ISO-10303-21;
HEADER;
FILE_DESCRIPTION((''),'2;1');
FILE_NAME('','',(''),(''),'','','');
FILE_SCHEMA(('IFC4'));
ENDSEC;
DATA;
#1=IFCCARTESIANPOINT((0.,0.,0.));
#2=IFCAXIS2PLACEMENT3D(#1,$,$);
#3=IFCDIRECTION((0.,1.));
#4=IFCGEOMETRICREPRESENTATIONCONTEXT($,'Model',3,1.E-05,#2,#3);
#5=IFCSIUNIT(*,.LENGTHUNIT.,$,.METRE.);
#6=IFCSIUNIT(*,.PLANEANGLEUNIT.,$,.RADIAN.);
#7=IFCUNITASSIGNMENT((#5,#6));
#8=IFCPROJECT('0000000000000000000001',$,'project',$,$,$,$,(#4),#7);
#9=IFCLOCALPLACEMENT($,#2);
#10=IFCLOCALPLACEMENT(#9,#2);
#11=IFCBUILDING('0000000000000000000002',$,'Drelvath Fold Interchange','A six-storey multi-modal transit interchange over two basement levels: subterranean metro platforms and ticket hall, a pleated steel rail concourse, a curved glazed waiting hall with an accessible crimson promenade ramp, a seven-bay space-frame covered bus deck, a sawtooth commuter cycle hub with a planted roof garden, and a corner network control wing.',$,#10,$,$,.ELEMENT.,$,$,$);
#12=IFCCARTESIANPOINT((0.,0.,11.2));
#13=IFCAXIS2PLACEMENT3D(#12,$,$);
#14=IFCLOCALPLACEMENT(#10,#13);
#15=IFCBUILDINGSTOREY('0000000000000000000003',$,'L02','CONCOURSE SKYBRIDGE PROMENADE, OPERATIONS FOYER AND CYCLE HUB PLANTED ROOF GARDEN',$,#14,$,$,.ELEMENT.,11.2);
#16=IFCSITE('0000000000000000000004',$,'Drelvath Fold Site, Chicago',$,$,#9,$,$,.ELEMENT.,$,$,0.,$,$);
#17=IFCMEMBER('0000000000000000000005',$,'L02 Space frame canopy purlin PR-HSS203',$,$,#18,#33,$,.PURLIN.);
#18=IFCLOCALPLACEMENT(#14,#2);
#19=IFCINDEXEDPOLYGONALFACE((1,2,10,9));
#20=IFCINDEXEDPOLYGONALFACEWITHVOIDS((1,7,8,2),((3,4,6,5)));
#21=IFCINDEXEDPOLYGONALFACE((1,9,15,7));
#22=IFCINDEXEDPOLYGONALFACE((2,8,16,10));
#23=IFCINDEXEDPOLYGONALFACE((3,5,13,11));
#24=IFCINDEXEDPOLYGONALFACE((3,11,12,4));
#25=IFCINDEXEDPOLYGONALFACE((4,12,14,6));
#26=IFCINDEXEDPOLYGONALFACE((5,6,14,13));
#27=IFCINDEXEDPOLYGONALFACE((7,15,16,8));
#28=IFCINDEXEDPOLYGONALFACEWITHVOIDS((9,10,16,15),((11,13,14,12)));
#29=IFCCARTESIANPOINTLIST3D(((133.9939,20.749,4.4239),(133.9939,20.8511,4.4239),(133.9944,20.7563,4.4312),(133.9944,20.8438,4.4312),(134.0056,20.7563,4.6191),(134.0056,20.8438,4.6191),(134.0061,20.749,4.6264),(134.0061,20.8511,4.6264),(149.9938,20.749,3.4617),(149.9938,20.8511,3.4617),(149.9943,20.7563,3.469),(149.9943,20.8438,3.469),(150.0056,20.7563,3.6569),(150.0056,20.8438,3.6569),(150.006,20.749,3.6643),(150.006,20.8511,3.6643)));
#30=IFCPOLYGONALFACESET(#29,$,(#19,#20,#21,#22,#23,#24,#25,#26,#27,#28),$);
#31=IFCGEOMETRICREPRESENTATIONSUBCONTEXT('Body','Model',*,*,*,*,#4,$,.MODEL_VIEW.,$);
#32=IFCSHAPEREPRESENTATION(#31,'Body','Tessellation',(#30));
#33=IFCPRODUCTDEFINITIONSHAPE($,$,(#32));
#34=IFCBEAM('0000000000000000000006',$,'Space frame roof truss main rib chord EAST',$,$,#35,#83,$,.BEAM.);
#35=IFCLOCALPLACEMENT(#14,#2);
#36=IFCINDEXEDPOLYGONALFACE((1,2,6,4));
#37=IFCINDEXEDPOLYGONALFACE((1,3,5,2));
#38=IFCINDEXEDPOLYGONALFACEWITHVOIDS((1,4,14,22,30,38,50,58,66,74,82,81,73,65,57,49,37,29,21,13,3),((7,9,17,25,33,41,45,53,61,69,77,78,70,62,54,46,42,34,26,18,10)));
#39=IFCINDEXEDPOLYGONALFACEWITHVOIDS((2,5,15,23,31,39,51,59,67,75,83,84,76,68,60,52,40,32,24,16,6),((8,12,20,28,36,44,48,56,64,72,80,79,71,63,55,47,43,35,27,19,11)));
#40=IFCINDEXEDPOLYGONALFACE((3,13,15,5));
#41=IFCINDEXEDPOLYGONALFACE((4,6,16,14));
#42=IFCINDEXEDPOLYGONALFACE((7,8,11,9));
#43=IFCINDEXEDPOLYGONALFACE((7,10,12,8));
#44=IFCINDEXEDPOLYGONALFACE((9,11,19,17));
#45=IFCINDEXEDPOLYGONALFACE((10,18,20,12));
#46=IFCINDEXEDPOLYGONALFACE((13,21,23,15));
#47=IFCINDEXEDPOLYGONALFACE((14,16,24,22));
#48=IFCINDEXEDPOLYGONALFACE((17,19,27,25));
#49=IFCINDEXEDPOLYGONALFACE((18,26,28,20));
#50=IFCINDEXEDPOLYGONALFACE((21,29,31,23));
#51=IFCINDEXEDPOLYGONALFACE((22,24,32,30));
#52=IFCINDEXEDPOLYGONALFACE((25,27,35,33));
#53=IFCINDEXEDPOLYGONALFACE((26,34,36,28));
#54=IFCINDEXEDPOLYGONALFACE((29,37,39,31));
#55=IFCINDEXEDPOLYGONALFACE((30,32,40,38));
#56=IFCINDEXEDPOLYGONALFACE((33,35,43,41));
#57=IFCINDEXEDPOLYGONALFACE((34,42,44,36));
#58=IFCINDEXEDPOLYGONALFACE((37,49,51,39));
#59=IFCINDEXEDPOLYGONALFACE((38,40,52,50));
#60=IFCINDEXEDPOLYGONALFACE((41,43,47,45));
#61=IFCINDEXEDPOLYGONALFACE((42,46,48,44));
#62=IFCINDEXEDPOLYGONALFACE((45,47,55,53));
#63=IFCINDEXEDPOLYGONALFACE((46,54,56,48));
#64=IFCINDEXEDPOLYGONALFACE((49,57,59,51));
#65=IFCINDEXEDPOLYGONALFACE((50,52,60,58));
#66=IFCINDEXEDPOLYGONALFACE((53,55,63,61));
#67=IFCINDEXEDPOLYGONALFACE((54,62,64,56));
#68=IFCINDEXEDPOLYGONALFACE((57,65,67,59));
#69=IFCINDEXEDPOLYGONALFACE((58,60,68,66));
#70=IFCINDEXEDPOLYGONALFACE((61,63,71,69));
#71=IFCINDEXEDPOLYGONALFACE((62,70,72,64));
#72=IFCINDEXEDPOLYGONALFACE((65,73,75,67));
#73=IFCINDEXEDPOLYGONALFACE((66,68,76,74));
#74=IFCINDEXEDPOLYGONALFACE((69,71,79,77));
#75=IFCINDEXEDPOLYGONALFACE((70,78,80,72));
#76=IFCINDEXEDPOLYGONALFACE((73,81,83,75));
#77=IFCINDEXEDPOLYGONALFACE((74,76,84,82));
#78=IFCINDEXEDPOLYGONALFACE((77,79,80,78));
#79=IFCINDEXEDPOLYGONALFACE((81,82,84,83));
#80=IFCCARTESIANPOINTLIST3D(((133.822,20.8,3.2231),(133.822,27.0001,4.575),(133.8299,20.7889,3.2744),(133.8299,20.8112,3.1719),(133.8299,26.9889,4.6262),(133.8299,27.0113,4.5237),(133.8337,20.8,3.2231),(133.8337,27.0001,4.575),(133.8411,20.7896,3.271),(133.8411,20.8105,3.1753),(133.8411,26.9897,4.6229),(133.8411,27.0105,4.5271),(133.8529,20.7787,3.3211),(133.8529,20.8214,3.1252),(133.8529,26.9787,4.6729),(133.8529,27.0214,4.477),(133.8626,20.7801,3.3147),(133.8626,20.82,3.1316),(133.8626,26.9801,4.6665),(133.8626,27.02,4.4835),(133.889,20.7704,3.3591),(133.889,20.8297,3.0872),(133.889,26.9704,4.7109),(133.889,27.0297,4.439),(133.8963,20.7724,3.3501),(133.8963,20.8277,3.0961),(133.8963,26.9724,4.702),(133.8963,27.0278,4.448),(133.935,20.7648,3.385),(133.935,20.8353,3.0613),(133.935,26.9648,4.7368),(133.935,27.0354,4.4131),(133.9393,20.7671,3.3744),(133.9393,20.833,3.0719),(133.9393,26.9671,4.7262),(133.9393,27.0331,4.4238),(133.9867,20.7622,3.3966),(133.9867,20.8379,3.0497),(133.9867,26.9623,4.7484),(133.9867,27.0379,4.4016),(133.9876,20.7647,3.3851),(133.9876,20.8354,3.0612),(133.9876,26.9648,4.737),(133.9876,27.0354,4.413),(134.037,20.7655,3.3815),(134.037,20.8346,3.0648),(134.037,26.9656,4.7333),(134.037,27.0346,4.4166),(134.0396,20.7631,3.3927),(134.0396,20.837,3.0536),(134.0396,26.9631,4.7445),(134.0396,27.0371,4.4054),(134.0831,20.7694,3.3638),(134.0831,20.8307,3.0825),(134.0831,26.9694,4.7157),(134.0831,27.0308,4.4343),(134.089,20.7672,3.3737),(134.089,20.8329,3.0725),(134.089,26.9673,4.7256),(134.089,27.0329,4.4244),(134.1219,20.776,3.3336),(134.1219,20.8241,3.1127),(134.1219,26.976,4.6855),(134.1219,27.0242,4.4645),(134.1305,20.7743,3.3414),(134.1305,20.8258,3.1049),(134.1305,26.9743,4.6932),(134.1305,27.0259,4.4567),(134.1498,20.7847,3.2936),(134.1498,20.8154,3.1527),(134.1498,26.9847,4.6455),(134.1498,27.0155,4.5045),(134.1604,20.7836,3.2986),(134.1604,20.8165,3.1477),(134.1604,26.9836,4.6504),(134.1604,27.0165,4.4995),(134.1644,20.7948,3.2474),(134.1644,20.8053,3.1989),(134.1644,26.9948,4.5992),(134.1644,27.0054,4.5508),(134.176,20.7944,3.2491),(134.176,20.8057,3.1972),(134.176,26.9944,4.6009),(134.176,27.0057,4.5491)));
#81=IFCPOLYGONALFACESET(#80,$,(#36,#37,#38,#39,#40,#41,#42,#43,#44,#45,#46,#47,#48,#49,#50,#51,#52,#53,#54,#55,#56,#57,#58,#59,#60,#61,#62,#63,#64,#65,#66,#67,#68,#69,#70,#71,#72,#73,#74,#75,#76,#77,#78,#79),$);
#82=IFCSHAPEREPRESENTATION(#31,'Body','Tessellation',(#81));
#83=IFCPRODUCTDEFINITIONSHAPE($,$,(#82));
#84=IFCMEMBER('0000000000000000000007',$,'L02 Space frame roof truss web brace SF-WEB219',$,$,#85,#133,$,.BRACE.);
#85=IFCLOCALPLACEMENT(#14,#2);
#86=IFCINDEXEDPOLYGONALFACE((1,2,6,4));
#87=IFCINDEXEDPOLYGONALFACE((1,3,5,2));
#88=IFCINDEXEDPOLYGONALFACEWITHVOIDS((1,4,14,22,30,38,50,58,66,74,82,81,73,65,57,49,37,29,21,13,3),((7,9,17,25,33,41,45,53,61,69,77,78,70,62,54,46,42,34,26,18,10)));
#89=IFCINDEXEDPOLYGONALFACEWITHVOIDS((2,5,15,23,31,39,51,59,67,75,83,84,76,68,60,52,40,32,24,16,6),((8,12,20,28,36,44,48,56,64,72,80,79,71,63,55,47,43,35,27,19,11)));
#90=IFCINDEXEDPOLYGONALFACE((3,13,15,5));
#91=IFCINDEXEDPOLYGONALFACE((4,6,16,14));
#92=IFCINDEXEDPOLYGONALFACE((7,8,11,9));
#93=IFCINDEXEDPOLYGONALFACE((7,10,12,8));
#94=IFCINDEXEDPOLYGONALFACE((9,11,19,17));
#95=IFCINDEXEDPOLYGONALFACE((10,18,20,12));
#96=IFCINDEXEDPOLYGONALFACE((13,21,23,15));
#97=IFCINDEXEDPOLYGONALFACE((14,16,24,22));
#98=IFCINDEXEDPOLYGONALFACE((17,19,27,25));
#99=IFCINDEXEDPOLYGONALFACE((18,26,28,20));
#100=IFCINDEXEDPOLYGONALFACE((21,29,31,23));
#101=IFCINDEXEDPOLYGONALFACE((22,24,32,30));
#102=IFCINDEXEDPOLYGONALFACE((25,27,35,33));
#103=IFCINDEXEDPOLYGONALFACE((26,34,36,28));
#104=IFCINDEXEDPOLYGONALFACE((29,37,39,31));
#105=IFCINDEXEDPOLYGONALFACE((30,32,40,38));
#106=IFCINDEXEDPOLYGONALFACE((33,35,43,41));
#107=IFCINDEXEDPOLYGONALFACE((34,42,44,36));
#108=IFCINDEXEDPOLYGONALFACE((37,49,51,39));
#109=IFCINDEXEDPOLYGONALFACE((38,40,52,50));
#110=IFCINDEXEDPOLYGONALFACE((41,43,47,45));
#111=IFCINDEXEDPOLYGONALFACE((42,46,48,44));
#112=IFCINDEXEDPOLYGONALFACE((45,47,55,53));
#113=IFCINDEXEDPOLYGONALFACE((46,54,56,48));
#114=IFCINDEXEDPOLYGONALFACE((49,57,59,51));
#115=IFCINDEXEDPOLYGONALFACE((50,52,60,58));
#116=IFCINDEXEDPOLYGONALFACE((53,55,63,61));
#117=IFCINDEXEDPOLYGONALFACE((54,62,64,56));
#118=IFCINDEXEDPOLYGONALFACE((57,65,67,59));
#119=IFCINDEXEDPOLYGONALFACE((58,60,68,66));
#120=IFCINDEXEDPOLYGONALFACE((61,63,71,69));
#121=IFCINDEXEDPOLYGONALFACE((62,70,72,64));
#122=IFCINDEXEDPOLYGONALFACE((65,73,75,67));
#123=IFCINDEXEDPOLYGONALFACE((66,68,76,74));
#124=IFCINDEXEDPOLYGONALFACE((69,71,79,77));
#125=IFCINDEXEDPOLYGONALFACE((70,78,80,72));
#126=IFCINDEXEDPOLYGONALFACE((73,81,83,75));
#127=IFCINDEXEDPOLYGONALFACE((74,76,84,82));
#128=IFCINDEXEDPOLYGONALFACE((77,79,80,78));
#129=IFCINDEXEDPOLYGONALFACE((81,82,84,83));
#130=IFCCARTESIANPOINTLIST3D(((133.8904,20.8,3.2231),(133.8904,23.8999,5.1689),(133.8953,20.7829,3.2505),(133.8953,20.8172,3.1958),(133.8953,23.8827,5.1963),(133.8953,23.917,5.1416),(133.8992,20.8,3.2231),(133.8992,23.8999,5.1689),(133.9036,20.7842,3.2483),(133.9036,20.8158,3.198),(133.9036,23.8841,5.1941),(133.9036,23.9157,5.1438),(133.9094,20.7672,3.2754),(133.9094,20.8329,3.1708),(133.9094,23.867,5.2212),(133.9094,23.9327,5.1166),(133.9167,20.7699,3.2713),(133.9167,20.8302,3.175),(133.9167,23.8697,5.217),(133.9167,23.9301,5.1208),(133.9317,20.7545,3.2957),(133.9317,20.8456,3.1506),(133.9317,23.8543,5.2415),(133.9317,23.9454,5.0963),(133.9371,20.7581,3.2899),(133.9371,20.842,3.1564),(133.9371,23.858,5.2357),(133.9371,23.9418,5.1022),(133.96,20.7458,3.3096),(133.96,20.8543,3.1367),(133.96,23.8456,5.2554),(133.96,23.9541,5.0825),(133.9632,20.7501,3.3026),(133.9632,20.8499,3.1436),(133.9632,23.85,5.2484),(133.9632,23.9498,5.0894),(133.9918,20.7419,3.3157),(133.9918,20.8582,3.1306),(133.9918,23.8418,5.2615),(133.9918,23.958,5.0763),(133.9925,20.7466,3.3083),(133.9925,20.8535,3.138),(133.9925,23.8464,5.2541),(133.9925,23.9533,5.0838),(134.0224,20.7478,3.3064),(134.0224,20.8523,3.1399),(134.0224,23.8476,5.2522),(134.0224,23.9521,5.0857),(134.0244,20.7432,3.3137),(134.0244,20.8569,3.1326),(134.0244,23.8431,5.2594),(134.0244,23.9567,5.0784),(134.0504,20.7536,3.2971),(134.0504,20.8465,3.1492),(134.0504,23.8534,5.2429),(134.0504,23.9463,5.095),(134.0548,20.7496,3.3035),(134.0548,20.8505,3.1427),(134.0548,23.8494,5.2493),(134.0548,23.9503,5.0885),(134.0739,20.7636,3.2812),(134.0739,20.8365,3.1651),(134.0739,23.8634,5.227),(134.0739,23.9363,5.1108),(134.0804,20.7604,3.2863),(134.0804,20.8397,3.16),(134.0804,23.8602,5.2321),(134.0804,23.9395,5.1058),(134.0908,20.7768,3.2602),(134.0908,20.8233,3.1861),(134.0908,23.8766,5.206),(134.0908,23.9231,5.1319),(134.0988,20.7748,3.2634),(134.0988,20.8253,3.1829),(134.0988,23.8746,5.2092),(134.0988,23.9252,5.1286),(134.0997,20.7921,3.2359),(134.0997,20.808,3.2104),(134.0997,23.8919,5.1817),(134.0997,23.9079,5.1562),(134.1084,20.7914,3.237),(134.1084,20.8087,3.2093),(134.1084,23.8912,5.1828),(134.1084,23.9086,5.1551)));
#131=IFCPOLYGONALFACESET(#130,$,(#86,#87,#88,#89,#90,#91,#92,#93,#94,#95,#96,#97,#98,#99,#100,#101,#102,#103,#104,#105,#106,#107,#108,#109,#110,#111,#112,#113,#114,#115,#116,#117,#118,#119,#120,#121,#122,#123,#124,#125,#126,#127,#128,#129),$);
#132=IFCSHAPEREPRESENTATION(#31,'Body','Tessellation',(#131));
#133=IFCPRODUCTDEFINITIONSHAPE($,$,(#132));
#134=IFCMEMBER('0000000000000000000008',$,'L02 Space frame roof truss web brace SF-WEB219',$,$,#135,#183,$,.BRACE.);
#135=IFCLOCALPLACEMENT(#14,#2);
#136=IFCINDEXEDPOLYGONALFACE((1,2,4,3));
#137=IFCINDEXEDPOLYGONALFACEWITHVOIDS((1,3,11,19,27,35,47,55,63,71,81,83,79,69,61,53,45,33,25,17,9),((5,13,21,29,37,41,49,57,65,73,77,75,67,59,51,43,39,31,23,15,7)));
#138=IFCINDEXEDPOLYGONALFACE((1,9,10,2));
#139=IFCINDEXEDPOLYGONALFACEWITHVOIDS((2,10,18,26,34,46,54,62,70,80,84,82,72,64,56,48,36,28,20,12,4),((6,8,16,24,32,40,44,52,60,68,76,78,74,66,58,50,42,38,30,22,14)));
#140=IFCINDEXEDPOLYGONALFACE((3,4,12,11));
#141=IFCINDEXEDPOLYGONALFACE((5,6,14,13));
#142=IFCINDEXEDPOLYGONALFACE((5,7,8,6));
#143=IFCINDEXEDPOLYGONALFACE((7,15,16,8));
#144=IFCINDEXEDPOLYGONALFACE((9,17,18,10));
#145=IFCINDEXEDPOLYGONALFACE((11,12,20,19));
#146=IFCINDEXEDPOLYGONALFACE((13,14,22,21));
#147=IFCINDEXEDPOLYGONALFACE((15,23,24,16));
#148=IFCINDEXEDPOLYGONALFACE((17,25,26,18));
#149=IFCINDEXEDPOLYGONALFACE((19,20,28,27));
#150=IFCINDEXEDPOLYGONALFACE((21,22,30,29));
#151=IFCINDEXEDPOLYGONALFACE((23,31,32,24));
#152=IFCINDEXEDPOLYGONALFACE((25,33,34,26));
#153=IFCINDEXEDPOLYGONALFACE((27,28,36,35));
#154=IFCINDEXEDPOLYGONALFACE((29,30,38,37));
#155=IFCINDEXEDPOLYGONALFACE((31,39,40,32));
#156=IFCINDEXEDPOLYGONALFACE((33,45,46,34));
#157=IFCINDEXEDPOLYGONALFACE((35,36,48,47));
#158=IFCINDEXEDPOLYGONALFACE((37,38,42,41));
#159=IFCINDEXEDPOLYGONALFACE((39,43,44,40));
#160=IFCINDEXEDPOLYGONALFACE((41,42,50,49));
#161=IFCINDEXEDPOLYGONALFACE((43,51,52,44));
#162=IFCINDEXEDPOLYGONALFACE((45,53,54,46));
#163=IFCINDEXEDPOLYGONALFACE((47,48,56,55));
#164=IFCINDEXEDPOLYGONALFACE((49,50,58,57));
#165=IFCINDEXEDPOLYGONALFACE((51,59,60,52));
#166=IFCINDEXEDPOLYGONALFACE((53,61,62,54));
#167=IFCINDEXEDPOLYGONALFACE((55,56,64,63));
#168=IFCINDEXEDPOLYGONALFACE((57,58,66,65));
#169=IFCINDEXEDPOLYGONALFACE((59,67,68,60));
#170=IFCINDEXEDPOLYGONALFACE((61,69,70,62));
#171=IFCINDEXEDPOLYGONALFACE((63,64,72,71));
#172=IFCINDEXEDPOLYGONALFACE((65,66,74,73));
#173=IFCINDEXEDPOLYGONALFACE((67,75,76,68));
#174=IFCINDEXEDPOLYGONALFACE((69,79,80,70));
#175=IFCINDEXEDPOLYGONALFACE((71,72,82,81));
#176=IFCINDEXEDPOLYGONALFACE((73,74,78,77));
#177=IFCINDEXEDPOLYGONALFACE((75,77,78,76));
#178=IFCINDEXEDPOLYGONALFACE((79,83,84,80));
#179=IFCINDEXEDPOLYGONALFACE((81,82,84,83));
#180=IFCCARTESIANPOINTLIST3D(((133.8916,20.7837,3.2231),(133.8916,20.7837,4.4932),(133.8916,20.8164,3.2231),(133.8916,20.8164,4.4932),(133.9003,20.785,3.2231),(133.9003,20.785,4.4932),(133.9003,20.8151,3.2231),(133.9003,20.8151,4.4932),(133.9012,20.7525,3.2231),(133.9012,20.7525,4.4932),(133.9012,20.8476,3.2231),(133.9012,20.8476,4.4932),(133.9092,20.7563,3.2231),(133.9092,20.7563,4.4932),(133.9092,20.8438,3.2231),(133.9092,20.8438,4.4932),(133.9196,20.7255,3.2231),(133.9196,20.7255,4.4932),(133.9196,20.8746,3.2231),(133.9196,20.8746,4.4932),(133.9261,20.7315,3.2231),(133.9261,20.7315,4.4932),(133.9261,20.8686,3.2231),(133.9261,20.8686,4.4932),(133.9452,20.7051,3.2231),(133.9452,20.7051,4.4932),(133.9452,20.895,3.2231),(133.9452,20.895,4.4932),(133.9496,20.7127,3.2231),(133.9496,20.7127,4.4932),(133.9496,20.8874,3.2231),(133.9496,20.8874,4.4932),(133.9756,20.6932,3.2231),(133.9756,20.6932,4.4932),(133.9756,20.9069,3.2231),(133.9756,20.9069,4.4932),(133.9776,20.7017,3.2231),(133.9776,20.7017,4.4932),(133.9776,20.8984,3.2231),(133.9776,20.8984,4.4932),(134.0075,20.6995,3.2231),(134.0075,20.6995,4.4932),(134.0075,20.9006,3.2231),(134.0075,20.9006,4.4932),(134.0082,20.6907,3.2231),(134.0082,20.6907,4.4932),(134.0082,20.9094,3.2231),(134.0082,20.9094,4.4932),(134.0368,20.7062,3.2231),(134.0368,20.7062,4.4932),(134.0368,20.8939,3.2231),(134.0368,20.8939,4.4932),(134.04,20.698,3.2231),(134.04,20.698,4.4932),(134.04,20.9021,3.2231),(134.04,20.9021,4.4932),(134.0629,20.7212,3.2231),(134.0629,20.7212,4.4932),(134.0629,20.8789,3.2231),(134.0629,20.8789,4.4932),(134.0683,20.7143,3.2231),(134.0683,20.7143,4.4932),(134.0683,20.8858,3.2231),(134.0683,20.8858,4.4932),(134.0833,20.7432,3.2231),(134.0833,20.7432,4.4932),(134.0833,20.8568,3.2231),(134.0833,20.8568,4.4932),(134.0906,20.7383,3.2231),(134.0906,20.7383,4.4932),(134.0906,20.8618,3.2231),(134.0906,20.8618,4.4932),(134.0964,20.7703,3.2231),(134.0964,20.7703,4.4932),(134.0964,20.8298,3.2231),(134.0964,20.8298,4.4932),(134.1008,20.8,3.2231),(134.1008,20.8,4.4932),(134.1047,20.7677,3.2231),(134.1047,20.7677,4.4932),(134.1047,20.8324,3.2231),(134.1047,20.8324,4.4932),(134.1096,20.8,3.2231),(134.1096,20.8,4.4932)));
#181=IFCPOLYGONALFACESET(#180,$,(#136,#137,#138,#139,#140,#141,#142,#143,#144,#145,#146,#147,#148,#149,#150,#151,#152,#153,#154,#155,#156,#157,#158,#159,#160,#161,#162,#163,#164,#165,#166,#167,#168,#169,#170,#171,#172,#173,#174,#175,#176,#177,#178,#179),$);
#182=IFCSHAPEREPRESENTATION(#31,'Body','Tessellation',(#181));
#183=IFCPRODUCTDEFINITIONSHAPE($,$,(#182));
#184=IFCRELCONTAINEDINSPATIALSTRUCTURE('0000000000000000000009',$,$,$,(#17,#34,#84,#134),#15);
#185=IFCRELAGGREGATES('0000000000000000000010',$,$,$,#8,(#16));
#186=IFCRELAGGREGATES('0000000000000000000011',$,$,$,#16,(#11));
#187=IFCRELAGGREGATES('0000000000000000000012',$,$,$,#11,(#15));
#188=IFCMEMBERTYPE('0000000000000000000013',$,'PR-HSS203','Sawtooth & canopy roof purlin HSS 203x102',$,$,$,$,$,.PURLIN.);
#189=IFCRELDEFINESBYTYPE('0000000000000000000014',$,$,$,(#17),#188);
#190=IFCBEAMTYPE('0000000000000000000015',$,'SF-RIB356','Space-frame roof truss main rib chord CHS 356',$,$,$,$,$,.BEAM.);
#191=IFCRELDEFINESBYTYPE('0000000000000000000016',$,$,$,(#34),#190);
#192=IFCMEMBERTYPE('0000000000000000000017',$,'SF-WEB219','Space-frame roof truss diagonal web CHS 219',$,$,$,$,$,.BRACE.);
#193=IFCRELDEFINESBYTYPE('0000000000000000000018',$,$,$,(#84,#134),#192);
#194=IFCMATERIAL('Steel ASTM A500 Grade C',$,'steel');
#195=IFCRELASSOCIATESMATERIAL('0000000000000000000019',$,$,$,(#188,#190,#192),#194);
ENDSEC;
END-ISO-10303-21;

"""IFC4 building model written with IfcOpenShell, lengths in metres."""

from ifc_helpers import new_model, si_unit, direction, frame, origin, origin_2d, place, context, subcontext, project, spatial, hollow_rectangle, hollow_circle, extrude, material, material_profile, profile_set, type_object, element, save


model = new_model("IFC4")

# Units and contexts
model_context = context("Model", 3, precision=1e-05, world=origin(), true_north=direction((0.0, 1.0)))
body_context = subcontext(model_context, "Body", "Model", "MODEL_VIEW")
ifc_project = project(units=[si_unit("LENGTHUNIT", "METRE"), si_unit("PLANEANGLEUNIT", "RADIAN")], contexts=[model_context])

# Site, building, storey
site_placement = place(None, origin())
site = spatial("IfcSite", under=ifc_project, at=site_placement, Name="Drelvath Fold Site, Chicago", CompositionType="ELEMENT", RefElevation=0.0)
building_placement = place(site_placement, origin())
building = spatial("IfcBuilding", under=site, at=building_placement, Name="Drelvath Fold Interchange", Description="A six-storey multi-modal transit interchange over two basement levels: subterranean metro platforms and ticket hall, a pleated steel rail concourse, a curved glazed waiting hall with an accessible crimson promenade ramp, a seven-bay space-frame covered bus deck, a sawtooth commuter cycle hub with a planted roof garden, and a corner network control wing.", CompositionType="ELEMENT")
storey_placement = place(building_placement, frame((0.0, 0.0, 11.2)))
storey = spatial("IfcBuildingStorey", under=building, at=storey_placement, Name="L02", Description="CONCOURSE SKYBRIDGE PROMENADE, OPERATIONS FOYER AND CYCLE HUB PLANTED ROOF GARDEN", CompositionType="ELEMENT", Elevation=11.2)

# Member
ifc_material_1 = material(Name="Steel ASTM A500 Grade C", Category="steel")
ifc_material_profile_1 = material_profile(ifc_material_1, hollow_rectangle(XDim=0.1021, YDim=0.2029, WallThickness=0.0073, at=origin_2d()), Name="HSS8X4X5/16")
ifc_profile_set_1 = profile_set([ifc_material_profile_1], Name="Steel ASTM A500 Grade C")
member_type_1 = type_object("IfcMemberType", Name="PR-HSS203", Description="Sawtooth & canopy roof purlin HSS 203x102", PredefinedType="PURLIN", material=ifc_profile_set_1)
member_1_placement = place(storey_placement, frame((134.0, 20.8, 4.5251), z_axis=(0.998197, 0.0, -0.060026), x_axis=(0.0, 1.0, 0.0)))
element("IfcMember", 1, at=member_1_placement, inside=storey, type_object=member_type_1, Name="L02 Space frame canopy purlin PR-HSS203", PredefinedType="PURLIN", context=body_context, shape_type="SweptSolid", body=[
    extrude(hollow_rectangle(XDim=0.1021, YDim=0.2029, WallThickness=0.0073, at=origin_2d()), origin(), (0.0, 0.0, 1.0), 16.0288),
])

# Beam
ifc_material_profile_2 = material_profile(ifc_material_1, hollow_circle(Radius=0.178, WallThickness=0.0117, at=origin_2d()), Name="HSS14.000X0.500")
ifc_profile_set_2 = profile_set([ifc_material_profile_2], Name="Steel ASTM A500 Grade C")
beam_type = type_object("IfcBeamType", Name="SF-RIB356", Description="Space-frame roof truss main rib chord CHS 356", PredefinedType="BEAM", material=ifc_profile_set_2)
beam_placement = place(storey_placement, frame((134.0, 20.8, 3.2231), z_axis=(0.0, 0.977046, 0.21303), x_axis=(-1.0, 0.0, 0.0)))
element("IfcBeam", 2, at=beam_placement, inside=storey, type_object=beam_type, Name="Space frame roof truss main rib chord EAST", PredefinedType="BEAM", context=body_context, shape_type="SweptSolid", body=[
    extrude(hollow_circle(Radius=0.178, WallThickness=0.0117, at=origin_2d()), origin(), (0.0, 0.0, 1.0), 6.3457),
])

# Members
ifc_material_profile_3 = material_profile(ifc_material_1, hollow_circle(Radius=0.1096, WallThickness=0.0088, at=origin_2d()), Name="HSS8.625X0.375")
ifc_profile_set_3 = profile_set([ifc_material_profile_3], Name="Steel ASTM A500 Grade C")
member_type_2 = type_object("IfcMemberType", Name="SF-WEB219", Description="Space-frame roof truss diagonal web CHS 219", PredefinedType="BRACE", material=ifc_profile_set_3)
member_2_placement = place(storey_placement, frame((134.0, 20.8, 3.2231), z_axis=(0.0, 0.846966, 0.531647), x_axis=(-1.0, 0.0, 0.0)))
element("IfcMember", 3, at=member_2_placement, inside=storey, type_object=member_type_2, Name="L02 Space frame roof truss web brace SF-WEB219", PredefinedType="BRACE", context=body_context, shape_type="SweptSolid", body=[
    extrude(hollow_circle(Radius=0.1096, WallThickness=0.0088, at=origin_2d()), origin(), (0.0, 0.0, 1.0), 3.6599),
])
member_3_placement = place(storey_placement, frame((134.0, 20.8, 3.2231), z_axis=(0.0, 0.0, 1.0), x_axis=(1.0, 0.0, 0.0)))
element("IfcMember", 4, at=member_3_placement, inside=storey, type_object=member_type_2, Name="L02 Space frame roof truss web brace SF-WEB219", PredefinedType="BRACE", context=body_context, shape_type="SweptSolid", body=[
    extrude(hollow_circle(Radius=0.1096, WallThickness=0.0088, at=origin_2d()), origin(), (0.0, 0.0, 1.0), 1.27),
])

save(model, "model.ifc")
